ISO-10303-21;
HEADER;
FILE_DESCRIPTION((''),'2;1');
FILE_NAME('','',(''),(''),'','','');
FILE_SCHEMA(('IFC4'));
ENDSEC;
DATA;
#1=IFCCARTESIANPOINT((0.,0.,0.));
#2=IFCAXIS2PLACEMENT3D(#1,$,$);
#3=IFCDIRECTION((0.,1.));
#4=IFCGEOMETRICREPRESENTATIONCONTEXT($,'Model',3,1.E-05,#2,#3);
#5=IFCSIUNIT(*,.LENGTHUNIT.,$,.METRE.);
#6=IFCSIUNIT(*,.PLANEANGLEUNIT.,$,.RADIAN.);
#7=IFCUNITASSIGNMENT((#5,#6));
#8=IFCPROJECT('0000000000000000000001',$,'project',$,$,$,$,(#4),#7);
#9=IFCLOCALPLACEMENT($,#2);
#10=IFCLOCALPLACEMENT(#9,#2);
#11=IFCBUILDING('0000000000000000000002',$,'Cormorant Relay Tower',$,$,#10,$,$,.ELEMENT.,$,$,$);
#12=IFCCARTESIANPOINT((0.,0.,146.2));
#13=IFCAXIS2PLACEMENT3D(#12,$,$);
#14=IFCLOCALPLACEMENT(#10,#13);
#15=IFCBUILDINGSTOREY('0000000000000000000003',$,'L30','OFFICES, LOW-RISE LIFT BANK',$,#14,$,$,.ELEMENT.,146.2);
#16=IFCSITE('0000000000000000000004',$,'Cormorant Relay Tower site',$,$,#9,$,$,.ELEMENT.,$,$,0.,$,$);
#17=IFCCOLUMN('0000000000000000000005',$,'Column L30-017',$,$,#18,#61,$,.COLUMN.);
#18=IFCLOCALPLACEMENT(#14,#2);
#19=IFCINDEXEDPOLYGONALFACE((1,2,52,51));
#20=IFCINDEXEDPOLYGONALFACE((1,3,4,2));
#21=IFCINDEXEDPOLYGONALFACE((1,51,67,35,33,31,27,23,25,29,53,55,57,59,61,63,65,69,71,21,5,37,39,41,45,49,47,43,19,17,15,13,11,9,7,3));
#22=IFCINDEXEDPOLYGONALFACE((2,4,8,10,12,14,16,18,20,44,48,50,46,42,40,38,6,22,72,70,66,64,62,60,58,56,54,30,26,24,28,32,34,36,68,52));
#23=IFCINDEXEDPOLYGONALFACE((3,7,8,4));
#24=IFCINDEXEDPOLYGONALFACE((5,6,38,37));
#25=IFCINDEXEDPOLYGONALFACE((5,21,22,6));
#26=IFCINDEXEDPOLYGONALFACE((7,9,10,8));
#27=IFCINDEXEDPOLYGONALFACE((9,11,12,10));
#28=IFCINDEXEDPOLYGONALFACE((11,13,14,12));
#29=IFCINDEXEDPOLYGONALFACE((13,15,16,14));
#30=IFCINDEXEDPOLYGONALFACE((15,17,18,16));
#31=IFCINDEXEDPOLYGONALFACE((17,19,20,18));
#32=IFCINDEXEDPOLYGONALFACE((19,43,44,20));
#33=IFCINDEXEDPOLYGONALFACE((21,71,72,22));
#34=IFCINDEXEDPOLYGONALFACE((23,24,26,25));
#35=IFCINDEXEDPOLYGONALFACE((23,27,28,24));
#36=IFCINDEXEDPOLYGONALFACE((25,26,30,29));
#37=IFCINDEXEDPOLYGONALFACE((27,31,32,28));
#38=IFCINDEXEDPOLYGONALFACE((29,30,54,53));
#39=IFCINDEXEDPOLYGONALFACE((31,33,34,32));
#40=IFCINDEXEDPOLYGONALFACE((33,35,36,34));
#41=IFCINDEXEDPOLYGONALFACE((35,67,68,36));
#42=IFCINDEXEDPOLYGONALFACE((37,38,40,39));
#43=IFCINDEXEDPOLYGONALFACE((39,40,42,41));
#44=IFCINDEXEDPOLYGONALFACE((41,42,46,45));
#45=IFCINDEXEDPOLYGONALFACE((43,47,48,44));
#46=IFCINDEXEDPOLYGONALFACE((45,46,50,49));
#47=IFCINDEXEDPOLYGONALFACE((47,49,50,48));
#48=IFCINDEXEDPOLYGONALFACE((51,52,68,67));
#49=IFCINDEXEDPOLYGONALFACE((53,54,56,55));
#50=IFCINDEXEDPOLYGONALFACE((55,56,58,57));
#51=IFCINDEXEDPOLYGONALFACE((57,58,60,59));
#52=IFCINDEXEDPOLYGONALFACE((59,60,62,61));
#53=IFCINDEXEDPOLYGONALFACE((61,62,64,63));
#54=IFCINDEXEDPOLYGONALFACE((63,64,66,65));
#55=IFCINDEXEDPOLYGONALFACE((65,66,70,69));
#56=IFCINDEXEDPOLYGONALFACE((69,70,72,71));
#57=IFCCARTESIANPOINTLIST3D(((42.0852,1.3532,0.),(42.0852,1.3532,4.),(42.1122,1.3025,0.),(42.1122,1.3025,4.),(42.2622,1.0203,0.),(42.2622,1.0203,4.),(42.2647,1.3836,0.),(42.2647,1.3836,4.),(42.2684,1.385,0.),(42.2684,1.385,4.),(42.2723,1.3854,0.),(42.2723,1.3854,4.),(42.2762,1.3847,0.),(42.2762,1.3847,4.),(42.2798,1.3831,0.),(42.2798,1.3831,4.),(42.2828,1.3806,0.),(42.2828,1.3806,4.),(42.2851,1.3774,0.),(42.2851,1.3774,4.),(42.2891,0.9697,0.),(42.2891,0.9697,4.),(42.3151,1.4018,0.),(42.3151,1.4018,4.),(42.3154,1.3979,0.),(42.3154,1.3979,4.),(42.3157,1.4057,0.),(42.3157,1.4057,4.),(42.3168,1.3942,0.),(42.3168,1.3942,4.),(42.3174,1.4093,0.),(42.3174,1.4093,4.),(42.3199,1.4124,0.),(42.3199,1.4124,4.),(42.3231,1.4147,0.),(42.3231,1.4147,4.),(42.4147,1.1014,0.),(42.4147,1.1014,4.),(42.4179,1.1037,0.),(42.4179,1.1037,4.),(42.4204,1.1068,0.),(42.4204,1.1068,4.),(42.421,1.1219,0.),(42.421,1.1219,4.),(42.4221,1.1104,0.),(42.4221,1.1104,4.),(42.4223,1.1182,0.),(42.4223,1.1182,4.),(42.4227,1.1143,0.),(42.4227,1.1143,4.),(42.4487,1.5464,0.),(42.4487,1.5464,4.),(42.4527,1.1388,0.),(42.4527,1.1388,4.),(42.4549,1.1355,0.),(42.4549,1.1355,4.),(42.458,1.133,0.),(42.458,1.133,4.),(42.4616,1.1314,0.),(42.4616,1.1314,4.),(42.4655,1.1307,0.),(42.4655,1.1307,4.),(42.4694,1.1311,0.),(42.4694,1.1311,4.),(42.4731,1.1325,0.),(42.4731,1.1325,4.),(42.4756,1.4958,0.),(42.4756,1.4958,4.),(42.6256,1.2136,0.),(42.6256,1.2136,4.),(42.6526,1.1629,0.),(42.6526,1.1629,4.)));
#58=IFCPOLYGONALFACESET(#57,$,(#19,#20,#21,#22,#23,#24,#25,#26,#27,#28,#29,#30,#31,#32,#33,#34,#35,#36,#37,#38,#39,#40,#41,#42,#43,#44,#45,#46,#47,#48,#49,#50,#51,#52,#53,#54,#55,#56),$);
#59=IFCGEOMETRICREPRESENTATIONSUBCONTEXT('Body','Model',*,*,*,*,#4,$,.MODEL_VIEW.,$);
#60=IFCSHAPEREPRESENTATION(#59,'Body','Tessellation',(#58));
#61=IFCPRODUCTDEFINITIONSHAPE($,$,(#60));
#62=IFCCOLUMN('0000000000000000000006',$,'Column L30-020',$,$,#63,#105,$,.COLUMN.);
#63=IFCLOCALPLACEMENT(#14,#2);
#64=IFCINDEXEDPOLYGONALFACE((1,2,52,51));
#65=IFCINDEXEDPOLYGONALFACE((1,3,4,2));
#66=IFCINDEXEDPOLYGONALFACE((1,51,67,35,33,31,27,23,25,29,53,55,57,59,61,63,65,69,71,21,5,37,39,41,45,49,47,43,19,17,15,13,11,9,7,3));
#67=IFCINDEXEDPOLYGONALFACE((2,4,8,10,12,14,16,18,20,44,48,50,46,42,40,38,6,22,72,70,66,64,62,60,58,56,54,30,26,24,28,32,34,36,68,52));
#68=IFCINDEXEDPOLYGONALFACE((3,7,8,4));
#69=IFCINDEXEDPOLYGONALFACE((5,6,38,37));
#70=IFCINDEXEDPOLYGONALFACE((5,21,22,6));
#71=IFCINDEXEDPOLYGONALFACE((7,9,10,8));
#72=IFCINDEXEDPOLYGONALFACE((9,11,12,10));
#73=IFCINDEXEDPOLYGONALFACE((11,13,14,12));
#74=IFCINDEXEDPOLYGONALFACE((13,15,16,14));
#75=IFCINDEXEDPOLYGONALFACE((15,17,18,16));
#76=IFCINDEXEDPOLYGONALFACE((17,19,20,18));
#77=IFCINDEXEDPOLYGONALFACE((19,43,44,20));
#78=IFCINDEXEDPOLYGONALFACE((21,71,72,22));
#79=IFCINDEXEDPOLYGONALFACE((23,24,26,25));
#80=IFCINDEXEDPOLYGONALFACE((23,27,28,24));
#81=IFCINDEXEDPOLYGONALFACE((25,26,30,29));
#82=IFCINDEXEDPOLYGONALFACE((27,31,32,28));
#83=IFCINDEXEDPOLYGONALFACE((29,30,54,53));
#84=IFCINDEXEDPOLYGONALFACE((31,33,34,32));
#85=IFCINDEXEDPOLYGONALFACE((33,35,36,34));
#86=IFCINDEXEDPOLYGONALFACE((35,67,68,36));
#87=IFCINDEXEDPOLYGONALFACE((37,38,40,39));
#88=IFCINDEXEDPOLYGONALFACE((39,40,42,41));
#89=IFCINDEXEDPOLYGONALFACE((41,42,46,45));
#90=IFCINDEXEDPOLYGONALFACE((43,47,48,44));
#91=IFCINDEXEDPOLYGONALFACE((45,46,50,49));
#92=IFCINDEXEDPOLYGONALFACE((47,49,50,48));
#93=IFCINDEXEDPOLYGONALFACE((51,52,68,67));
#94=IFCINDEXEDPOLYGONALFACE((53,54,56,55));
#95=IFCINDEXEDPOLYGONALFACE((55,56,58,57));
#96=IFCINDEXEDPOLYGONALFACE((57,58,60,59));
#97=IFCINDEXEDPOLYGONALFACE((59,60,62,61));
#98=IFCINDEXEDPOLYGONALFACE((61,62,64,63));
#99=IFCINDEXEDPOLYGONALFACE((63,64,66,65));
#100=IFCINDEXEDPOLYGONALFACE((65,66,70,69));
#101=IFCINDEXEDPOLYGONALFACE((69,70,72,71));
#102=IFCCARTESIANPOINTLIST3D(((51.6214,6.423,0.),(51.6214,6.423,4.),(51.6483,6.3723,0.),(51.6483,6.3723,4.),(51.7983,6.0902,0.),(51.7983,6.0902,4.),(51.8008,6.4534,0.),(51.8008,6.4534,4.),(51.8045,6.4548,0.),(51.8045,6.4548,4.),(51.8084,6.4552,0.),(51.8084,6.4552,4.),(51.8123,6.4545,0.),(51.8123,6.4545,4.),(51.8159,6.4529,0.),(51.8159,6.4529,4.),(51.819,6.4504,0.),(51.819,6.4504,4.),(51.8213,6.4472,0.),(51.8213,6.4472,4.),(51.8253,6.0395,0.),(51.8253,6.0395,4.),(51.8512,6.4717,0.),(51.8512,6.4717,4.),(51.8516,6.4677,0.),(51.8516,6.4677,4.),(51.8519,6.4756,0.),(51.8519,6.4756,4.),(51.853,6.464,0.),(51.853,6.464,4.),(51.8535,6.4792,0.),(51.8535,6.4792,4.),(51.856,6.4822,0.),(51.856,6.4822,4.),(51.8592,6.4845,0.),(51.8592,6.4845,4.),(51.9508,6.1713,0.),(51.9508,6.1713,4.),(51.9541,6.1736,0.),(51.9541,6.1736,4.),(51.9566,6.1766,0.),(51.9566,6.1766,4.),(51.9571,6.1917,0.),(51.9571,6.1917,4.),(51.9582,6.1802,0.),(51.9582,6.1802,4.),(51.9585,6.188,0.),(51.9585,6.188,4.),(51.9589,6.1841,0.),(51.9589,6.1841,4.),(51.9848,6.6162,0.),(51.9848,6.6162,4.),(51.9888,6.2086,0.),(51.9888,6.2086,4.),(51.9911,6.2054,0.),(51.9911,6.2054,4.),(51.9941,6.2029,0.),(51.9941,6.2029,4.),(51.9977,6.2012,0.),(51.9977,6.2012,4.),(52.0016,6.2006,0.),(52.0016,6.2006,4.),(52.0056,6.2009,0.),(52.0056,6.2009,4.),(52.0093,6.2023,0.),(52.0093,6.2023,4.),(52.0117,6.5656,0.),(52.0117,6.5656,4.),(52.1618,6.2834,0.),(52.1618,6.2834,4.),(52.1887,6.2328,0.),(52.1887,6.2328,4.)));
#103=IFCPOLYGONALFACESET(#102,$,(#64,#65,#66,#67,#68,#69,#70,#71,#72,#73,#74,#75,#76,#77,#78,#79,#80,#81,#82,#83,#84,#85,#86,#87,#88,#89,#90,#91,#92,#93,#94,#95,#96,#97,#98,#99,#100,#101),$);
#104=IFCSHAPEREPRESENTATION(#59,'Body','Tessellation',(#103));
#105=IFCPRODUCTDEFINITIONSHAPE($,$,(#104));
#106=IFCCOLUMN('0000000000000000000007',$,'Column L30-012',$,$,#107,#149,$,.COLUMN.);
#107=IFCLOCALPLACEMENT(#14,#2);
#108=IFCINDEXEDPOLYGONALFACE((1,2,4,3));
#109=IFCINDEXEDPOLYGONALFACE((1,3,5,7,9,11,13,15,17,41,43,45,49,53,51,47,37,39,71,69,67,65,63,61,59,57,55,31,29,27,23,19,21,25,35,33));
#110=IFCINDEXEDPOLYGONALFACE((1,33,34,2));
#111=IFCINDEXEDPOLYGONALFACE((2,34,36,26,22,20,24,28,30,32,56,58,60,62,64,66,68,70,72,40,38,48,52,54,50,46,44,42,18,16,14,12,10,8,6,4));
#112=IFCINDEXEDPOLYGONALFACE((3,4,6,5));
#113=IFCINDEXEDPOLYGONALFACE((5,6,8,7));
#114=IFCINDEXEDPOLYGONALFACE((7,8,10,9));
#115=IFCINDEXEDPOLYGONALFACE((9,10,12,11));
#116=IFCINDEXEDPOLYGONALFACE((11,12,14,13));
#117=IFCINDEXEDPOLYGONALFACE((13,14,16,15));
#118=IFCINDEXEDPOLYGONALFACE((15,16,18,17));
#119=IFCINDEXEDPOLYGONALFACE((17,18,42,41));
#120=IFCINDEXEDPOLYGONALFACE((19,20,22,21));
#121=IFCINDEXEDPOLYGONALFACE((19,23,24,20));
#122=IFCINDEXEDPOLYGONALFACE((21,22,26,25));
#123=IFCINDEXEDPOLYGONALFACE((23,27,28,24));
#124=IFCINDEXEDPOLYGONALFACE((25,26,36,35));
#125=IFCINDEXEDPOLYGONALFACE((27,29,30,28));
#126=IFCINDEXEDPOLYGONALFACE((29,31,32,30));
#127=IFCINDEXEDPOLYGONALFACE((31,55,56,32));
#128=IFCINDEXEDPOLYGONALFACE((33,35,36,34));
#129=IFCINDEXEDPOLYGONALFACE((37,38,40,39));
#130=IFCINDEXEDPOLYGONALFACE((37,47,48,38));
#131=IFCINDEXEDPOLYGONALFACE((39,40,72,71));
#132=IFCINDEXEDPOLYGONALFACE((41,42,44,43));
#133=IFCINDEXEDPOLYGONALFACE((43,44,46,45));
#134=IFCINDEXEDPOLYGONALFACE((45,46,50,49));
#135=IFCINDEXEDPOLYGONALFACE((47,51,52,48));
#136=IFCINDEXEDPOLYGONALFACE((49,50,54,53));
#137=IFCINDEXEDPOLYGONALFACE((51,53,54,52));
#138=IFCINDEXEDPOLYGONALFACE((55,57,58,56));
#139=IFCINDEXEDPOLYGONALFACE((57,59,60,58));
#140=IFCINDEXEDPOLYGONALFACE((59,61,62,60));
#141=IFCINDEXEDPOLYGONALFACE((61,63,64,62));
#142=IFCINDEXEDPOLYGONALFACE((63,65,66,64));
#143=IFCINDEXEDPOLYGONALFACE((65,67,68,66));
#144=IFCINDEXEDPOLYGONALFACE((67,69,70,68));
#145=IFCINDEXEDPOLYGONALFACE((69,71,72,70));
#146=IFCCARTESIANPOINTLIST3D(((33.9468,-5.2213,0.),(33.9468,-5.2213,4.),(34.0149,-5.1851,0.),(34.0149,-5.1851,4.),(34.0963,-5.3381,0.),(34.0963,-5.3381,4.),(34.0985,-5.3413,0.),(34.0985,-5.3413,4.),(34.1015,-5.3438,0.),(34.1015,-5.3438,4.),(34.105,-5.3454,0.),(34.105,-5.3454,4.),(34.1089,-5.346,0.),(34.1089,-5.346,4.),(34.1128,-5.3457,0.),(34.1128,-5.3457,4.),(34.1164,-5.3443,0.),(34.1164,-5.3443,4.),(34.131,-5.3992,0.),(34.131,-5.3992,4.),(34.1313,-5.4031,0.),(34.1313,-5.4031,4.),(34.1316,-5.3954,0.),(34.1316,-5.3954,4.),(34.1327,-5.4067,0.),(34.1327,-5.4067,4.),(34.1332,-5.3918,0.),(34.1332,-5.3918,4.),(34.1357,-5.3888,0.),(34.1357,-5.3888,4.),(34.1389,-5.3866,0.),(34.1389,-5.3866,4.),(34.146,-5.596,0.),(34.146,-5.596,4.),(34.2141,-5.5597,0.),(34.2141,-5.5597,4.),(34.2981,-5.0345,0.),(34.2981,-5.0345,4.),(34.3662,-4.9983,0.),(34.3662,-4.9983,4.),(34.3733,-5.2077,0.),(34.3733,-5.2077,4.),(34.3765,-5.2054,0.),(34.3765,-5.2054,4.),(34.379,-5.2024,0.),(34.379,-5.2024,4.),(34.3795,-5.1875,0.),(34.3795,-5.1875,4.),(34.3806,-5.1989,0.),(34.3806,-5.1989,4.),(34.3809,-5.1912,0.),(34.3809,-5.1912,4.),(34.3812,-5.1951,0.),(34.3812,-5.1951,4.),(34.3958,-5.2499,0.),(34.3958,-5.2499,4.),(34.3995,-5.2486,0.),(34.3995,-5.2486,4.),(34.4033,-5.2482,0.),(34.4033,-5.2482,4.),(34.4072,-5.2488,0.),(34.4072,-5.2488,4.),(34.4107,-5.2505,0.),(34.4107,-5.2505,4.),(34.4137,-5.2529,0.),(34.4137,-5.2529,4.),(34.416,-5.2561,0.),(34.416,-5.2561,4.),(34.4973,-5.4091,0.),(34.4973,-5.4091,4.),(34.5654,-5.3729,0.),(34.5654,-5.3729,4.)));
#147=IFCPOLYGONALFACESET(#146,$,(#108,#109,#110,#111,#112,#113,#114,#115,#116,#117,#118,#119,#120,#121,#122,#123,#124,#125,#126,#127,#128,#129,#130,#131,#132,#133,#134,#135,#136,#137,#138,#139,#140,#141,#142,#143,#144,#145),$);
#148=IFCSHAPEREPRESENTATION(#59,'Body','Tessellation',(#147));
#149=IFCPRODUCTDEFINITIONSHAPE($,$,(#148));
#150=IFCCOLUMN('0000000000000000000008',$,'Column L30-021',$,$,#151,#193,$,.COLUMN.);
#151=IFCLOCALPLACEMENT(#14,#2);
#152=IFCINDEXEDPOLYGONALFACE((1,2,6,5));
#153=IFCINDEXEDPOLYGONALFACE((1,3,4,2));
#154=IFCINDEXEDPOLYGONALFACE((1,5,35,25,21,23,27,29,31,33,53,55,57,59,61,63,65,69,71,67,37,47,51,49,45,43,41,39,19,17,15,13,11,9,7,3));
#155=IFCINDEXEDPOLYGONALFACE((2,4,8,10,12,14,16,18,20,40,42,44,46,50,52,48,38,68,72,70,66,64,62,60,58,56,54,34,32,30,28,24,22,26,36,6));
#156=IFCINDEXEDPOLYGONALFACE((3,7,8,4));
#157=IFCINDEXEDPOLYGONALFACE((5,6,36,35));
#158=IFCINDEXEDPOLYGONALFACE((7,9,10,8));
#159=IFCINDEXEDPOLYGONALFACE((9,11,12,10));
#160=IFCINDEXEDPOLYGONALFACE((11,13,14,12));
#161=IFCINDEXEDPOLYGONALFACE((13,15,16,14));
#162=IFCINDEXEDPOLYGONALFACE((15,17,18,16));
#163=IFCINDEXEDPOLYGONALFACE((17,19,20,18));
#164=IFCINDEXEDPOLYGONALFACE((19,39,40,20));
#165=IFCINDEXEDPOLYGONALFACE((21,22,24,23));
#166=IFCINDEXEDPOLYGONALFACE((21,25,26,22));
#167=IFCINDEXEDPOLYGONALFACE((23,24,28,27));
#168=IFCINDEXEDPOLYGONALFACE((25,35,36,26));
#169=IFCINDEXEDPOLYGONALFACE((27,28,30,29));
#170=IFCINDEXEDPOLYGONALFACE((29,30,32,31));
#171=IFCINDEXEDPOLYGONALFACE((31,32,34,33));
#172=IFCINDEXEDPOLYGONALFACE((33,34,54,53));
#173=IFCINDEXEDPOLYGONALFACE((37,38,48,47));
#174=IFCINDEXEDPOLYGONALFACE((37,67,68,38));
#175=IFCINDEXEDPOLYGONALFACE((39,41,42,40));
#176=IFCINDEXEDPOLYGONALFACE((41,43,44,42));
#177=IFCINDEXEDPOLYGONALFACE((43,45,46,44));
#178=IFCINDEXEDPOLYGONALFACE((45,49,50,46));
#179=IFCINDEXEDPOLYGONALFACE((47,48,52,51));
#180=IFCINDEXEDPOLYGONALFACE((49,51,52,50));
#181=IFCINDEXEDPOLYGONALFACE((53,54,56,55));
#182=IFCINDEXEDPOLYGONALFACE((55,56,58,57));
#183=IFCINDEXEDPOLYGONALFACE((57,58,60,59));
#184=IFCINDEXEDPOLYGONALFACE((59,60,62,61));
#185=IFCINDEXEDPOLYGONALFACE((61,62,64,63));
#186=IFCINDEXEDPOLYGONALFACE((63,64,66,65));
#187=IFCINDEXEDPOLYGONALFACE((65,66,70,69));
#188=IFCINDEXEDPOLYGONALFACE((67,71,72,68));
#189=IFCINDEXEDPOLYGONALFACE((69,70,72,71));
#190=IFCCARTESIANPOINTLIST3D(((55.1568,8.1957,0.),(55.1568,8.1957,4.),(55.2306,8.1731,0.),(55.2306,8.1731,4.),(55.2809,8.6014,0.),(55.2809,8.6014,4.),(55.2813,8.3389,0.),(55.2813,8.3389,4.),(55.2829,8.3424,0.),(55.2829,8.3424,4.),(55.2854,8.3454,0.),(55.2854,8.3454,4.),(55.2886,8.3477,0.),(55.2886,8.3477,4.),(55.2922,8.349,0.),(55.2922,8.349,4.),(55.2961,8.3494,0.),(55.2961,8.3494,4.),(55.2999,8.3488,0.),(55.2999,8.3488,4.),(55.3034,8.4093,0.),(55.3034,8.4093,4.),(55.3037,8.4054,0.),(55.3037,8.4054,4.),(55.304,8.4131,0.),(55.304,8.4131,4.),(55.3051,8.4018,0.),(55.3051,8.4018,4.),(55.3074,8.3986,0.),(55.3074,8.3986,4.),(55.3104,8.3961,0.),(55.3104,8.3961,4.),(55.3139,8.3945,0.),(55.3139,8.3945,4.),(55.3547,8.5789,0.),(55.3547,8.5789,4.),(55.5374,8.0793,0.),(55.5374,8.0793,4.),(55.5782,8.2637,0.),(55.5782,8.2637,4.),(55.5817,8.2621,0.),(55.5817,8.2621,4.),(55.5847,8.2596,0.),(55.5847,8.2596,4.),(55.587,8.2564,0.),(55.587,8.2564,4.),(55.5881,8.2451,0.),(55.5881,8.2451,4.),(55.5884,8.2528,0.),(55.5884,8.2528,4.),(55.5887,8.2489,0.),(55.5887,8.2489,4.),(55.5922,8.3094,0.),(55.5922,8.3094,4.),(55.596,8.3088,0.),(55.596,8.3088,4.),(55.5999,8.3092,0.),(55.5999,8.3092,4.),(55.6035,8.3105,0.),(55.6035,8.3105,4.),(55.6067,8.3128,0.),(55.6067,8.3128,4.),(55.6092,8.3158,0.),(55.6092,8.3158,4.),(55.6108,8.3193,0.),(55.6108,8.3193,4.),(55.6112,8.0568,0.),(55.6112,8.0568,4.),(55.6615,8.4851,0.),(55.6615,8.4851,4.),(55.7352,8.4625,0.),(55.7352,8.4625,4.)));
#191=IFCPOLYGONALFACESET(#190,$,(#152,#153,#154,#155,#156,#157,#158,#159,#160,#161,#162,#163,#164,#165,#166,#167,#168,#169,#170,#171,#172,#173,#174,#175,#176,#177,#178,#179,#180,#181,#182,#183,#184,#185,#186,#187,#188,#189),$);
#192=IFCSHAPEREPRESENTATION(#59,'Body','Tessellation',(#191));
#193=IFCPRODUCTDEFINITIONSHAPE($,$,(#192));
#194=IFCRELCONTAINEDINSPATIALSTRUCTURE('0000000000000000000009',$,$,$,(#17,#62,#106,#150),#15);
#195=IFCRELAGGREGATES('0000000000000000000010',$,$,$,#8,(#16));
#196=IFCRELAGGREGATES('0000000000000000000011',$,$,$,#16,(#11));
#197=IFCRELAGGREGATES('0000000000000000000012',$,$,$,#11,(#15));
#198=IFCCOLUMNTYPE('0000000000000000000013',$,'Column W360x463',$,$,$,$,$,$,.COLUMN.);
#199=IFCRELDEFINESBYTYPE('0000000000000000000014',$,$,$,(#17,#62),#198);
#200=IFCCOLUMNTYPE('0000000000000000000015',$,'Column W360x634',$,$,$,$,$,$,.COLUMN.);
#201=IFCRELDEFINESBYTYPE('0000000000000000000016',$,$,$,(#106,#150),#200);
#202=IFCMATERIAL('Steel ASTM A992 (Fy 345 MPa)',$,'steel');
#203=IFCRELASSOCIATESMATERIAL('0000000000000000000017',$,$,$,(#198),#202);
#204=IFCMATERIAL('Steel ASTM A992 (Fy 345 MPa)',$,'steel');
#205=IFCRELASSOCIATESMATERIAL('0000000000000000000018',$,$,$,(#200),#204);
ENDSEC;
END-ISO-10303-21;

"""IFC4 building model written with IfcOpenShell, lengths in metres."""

from ifc_helpers import new_model, si_unit, direction, frame, origin, origin_2d, place, context, subcontext, project, spatial, i_section, extrude, material, material_profile, profile_set, type_object, element, save


model = new_model("IFC4")

# Units and contexts
model_context = context("Model", 3, precision=1e-05, world=origin(), true_north=direction((0.0, 1.0)))
body_context = subcontext(model_context, "Body", "Model", "MODEL_VIEW")
ifc_project = project(units=[si_unit("LENGTHUNIT", "METRE"), si_unit("PLANEANGLEUNIT", "RADIAN")], contexts=[model_context])

# Site, building, storey
site_placement = place(None, origin())
site = spatial("IfcSite", under=ifc_project, at=site_placement, Name="Cormorant Relay Tower site", CompositionType="ELEMENT", RefElevation=0.0)
building_placement = place(site_placement, origin())
building = spatial("IfcBuilding", under=site, at=building_placement, Name="Cormorant Relay Tower", CompositionType="ELEMENT")
storey_placement = place(building_placement, frame((0.0, 0.0, 146.2)))
storey = spatial("IfcBuildingStorey", under=building, at=storey_placement, Name="L30", Description="OFFICES, LOW-RISE LIFT BANK", CompositionType="ELEMENT", Elevation=146.2)

# Columns
ifc_material_1 = material(Name="Steel ASTM A992 (Fy 345 MPa)", Category="steel")
ifc_material_profile_1 = material_profile(ifc_material_1, i_section(OverallWidth=0.4116, OverallDepth=0.4343, WebThickness=0.0359, FlangeThickness=0.0574, FilletRadius=0.0151, at=origin_2d()), Name="W360x463")
ifc_profile_set_1 = profile_set([ifc_material_profile_1], Name="Steel ASTM A992 (Fy 345 MPa)")
column_type_1 = type_object("IfcColumnType", Name="Column W360x463", PredefinedType="COLUMN", material=ifc_profile_set_1)
for number, where, z_axis, x_axis, name in (
    (1, (42.3689, 1.2581, 0.0), (0.0, 0.0, 1.0), (0.882948, 0.469472, 0.0), "Column L30-017"),
    (2, (51.905, 6.3279, 0.0), (0.0, 0.0, 1.0), (0.882948, 0.469472, 0.0), "Column L30-020"),
):
    element("IfcColumn", number, at=place(storey_placement, frame(where, z_axis=z_axis, x_axis=x_axis)), inside=storey, type_object=column_type_1, Name=name, PredefinedType="COLUMN", context=body_context, shape_type="SweptSolid", body=[
        extrude(i_section(OverallWidth=0.4116, OverallDepth=0.4343, WebThickness=0.0359, FlangeThickness=0.0574, FilletRadius=0.0151, at=origin_2d()), origin(), (0.0, 0.0, 1.0), 4.0),
    ])
ifc_material_2 = material(Name="Steel ASTM A992 (Fy 345 MPa)", Category="steel")
ifc_material_profile_2 = material_profile(ifc_material_2, i_section(OverallWidth=0.4243, OverallDepth=0.4751, WebThickness=0.0479, FlangeThickness=0.0771, FilletRadius=0.0149, at=origin_2d()), Name="W360x634")
ifc_profile_set_2 = profile_set([ifc_material_profile_2], Name="Steel ASTM A992 (Fy 345 MPa)")
column_type_2 = type_object("IfcColumnType", Name="Column W360x634", PredefinedType="COLUMN", material=ifc_profile_set_2)
for number, where, z_axis, x_axis, name in (
    (3, (34.2561, -5.2971, 0.0), (0.0, 0.0, 1.0), (-0.469472, 0.882948, 0.0), "Column L30-012"),
    (4, (55.446, 8.3291, 0.0), (0.0, 0.0, 1.0), (0.292372, 0.956305, 0.0), "Column L30-021"),
):
    element("IfcColumn", number, at=place(storey_placement, frame(where, z_axis=z_axis, x_axis=x_axis)), inside=storey, type_object=column_type_2, Name=name, PredefinedType="COLUMN", context=body_context, shape_type="SweptSolid", body=[
        extrude(i_section(OverallWidth=0.4243, OverallDepth=0.4751, WebThickness=0.0479, FlangeThickness=0.0771, FilletRadius=0.0149, at=origin_2d()), origin(), (0.0, 0.0, 1.0), 4.0),
    ])

save(model, "model.ifc")
